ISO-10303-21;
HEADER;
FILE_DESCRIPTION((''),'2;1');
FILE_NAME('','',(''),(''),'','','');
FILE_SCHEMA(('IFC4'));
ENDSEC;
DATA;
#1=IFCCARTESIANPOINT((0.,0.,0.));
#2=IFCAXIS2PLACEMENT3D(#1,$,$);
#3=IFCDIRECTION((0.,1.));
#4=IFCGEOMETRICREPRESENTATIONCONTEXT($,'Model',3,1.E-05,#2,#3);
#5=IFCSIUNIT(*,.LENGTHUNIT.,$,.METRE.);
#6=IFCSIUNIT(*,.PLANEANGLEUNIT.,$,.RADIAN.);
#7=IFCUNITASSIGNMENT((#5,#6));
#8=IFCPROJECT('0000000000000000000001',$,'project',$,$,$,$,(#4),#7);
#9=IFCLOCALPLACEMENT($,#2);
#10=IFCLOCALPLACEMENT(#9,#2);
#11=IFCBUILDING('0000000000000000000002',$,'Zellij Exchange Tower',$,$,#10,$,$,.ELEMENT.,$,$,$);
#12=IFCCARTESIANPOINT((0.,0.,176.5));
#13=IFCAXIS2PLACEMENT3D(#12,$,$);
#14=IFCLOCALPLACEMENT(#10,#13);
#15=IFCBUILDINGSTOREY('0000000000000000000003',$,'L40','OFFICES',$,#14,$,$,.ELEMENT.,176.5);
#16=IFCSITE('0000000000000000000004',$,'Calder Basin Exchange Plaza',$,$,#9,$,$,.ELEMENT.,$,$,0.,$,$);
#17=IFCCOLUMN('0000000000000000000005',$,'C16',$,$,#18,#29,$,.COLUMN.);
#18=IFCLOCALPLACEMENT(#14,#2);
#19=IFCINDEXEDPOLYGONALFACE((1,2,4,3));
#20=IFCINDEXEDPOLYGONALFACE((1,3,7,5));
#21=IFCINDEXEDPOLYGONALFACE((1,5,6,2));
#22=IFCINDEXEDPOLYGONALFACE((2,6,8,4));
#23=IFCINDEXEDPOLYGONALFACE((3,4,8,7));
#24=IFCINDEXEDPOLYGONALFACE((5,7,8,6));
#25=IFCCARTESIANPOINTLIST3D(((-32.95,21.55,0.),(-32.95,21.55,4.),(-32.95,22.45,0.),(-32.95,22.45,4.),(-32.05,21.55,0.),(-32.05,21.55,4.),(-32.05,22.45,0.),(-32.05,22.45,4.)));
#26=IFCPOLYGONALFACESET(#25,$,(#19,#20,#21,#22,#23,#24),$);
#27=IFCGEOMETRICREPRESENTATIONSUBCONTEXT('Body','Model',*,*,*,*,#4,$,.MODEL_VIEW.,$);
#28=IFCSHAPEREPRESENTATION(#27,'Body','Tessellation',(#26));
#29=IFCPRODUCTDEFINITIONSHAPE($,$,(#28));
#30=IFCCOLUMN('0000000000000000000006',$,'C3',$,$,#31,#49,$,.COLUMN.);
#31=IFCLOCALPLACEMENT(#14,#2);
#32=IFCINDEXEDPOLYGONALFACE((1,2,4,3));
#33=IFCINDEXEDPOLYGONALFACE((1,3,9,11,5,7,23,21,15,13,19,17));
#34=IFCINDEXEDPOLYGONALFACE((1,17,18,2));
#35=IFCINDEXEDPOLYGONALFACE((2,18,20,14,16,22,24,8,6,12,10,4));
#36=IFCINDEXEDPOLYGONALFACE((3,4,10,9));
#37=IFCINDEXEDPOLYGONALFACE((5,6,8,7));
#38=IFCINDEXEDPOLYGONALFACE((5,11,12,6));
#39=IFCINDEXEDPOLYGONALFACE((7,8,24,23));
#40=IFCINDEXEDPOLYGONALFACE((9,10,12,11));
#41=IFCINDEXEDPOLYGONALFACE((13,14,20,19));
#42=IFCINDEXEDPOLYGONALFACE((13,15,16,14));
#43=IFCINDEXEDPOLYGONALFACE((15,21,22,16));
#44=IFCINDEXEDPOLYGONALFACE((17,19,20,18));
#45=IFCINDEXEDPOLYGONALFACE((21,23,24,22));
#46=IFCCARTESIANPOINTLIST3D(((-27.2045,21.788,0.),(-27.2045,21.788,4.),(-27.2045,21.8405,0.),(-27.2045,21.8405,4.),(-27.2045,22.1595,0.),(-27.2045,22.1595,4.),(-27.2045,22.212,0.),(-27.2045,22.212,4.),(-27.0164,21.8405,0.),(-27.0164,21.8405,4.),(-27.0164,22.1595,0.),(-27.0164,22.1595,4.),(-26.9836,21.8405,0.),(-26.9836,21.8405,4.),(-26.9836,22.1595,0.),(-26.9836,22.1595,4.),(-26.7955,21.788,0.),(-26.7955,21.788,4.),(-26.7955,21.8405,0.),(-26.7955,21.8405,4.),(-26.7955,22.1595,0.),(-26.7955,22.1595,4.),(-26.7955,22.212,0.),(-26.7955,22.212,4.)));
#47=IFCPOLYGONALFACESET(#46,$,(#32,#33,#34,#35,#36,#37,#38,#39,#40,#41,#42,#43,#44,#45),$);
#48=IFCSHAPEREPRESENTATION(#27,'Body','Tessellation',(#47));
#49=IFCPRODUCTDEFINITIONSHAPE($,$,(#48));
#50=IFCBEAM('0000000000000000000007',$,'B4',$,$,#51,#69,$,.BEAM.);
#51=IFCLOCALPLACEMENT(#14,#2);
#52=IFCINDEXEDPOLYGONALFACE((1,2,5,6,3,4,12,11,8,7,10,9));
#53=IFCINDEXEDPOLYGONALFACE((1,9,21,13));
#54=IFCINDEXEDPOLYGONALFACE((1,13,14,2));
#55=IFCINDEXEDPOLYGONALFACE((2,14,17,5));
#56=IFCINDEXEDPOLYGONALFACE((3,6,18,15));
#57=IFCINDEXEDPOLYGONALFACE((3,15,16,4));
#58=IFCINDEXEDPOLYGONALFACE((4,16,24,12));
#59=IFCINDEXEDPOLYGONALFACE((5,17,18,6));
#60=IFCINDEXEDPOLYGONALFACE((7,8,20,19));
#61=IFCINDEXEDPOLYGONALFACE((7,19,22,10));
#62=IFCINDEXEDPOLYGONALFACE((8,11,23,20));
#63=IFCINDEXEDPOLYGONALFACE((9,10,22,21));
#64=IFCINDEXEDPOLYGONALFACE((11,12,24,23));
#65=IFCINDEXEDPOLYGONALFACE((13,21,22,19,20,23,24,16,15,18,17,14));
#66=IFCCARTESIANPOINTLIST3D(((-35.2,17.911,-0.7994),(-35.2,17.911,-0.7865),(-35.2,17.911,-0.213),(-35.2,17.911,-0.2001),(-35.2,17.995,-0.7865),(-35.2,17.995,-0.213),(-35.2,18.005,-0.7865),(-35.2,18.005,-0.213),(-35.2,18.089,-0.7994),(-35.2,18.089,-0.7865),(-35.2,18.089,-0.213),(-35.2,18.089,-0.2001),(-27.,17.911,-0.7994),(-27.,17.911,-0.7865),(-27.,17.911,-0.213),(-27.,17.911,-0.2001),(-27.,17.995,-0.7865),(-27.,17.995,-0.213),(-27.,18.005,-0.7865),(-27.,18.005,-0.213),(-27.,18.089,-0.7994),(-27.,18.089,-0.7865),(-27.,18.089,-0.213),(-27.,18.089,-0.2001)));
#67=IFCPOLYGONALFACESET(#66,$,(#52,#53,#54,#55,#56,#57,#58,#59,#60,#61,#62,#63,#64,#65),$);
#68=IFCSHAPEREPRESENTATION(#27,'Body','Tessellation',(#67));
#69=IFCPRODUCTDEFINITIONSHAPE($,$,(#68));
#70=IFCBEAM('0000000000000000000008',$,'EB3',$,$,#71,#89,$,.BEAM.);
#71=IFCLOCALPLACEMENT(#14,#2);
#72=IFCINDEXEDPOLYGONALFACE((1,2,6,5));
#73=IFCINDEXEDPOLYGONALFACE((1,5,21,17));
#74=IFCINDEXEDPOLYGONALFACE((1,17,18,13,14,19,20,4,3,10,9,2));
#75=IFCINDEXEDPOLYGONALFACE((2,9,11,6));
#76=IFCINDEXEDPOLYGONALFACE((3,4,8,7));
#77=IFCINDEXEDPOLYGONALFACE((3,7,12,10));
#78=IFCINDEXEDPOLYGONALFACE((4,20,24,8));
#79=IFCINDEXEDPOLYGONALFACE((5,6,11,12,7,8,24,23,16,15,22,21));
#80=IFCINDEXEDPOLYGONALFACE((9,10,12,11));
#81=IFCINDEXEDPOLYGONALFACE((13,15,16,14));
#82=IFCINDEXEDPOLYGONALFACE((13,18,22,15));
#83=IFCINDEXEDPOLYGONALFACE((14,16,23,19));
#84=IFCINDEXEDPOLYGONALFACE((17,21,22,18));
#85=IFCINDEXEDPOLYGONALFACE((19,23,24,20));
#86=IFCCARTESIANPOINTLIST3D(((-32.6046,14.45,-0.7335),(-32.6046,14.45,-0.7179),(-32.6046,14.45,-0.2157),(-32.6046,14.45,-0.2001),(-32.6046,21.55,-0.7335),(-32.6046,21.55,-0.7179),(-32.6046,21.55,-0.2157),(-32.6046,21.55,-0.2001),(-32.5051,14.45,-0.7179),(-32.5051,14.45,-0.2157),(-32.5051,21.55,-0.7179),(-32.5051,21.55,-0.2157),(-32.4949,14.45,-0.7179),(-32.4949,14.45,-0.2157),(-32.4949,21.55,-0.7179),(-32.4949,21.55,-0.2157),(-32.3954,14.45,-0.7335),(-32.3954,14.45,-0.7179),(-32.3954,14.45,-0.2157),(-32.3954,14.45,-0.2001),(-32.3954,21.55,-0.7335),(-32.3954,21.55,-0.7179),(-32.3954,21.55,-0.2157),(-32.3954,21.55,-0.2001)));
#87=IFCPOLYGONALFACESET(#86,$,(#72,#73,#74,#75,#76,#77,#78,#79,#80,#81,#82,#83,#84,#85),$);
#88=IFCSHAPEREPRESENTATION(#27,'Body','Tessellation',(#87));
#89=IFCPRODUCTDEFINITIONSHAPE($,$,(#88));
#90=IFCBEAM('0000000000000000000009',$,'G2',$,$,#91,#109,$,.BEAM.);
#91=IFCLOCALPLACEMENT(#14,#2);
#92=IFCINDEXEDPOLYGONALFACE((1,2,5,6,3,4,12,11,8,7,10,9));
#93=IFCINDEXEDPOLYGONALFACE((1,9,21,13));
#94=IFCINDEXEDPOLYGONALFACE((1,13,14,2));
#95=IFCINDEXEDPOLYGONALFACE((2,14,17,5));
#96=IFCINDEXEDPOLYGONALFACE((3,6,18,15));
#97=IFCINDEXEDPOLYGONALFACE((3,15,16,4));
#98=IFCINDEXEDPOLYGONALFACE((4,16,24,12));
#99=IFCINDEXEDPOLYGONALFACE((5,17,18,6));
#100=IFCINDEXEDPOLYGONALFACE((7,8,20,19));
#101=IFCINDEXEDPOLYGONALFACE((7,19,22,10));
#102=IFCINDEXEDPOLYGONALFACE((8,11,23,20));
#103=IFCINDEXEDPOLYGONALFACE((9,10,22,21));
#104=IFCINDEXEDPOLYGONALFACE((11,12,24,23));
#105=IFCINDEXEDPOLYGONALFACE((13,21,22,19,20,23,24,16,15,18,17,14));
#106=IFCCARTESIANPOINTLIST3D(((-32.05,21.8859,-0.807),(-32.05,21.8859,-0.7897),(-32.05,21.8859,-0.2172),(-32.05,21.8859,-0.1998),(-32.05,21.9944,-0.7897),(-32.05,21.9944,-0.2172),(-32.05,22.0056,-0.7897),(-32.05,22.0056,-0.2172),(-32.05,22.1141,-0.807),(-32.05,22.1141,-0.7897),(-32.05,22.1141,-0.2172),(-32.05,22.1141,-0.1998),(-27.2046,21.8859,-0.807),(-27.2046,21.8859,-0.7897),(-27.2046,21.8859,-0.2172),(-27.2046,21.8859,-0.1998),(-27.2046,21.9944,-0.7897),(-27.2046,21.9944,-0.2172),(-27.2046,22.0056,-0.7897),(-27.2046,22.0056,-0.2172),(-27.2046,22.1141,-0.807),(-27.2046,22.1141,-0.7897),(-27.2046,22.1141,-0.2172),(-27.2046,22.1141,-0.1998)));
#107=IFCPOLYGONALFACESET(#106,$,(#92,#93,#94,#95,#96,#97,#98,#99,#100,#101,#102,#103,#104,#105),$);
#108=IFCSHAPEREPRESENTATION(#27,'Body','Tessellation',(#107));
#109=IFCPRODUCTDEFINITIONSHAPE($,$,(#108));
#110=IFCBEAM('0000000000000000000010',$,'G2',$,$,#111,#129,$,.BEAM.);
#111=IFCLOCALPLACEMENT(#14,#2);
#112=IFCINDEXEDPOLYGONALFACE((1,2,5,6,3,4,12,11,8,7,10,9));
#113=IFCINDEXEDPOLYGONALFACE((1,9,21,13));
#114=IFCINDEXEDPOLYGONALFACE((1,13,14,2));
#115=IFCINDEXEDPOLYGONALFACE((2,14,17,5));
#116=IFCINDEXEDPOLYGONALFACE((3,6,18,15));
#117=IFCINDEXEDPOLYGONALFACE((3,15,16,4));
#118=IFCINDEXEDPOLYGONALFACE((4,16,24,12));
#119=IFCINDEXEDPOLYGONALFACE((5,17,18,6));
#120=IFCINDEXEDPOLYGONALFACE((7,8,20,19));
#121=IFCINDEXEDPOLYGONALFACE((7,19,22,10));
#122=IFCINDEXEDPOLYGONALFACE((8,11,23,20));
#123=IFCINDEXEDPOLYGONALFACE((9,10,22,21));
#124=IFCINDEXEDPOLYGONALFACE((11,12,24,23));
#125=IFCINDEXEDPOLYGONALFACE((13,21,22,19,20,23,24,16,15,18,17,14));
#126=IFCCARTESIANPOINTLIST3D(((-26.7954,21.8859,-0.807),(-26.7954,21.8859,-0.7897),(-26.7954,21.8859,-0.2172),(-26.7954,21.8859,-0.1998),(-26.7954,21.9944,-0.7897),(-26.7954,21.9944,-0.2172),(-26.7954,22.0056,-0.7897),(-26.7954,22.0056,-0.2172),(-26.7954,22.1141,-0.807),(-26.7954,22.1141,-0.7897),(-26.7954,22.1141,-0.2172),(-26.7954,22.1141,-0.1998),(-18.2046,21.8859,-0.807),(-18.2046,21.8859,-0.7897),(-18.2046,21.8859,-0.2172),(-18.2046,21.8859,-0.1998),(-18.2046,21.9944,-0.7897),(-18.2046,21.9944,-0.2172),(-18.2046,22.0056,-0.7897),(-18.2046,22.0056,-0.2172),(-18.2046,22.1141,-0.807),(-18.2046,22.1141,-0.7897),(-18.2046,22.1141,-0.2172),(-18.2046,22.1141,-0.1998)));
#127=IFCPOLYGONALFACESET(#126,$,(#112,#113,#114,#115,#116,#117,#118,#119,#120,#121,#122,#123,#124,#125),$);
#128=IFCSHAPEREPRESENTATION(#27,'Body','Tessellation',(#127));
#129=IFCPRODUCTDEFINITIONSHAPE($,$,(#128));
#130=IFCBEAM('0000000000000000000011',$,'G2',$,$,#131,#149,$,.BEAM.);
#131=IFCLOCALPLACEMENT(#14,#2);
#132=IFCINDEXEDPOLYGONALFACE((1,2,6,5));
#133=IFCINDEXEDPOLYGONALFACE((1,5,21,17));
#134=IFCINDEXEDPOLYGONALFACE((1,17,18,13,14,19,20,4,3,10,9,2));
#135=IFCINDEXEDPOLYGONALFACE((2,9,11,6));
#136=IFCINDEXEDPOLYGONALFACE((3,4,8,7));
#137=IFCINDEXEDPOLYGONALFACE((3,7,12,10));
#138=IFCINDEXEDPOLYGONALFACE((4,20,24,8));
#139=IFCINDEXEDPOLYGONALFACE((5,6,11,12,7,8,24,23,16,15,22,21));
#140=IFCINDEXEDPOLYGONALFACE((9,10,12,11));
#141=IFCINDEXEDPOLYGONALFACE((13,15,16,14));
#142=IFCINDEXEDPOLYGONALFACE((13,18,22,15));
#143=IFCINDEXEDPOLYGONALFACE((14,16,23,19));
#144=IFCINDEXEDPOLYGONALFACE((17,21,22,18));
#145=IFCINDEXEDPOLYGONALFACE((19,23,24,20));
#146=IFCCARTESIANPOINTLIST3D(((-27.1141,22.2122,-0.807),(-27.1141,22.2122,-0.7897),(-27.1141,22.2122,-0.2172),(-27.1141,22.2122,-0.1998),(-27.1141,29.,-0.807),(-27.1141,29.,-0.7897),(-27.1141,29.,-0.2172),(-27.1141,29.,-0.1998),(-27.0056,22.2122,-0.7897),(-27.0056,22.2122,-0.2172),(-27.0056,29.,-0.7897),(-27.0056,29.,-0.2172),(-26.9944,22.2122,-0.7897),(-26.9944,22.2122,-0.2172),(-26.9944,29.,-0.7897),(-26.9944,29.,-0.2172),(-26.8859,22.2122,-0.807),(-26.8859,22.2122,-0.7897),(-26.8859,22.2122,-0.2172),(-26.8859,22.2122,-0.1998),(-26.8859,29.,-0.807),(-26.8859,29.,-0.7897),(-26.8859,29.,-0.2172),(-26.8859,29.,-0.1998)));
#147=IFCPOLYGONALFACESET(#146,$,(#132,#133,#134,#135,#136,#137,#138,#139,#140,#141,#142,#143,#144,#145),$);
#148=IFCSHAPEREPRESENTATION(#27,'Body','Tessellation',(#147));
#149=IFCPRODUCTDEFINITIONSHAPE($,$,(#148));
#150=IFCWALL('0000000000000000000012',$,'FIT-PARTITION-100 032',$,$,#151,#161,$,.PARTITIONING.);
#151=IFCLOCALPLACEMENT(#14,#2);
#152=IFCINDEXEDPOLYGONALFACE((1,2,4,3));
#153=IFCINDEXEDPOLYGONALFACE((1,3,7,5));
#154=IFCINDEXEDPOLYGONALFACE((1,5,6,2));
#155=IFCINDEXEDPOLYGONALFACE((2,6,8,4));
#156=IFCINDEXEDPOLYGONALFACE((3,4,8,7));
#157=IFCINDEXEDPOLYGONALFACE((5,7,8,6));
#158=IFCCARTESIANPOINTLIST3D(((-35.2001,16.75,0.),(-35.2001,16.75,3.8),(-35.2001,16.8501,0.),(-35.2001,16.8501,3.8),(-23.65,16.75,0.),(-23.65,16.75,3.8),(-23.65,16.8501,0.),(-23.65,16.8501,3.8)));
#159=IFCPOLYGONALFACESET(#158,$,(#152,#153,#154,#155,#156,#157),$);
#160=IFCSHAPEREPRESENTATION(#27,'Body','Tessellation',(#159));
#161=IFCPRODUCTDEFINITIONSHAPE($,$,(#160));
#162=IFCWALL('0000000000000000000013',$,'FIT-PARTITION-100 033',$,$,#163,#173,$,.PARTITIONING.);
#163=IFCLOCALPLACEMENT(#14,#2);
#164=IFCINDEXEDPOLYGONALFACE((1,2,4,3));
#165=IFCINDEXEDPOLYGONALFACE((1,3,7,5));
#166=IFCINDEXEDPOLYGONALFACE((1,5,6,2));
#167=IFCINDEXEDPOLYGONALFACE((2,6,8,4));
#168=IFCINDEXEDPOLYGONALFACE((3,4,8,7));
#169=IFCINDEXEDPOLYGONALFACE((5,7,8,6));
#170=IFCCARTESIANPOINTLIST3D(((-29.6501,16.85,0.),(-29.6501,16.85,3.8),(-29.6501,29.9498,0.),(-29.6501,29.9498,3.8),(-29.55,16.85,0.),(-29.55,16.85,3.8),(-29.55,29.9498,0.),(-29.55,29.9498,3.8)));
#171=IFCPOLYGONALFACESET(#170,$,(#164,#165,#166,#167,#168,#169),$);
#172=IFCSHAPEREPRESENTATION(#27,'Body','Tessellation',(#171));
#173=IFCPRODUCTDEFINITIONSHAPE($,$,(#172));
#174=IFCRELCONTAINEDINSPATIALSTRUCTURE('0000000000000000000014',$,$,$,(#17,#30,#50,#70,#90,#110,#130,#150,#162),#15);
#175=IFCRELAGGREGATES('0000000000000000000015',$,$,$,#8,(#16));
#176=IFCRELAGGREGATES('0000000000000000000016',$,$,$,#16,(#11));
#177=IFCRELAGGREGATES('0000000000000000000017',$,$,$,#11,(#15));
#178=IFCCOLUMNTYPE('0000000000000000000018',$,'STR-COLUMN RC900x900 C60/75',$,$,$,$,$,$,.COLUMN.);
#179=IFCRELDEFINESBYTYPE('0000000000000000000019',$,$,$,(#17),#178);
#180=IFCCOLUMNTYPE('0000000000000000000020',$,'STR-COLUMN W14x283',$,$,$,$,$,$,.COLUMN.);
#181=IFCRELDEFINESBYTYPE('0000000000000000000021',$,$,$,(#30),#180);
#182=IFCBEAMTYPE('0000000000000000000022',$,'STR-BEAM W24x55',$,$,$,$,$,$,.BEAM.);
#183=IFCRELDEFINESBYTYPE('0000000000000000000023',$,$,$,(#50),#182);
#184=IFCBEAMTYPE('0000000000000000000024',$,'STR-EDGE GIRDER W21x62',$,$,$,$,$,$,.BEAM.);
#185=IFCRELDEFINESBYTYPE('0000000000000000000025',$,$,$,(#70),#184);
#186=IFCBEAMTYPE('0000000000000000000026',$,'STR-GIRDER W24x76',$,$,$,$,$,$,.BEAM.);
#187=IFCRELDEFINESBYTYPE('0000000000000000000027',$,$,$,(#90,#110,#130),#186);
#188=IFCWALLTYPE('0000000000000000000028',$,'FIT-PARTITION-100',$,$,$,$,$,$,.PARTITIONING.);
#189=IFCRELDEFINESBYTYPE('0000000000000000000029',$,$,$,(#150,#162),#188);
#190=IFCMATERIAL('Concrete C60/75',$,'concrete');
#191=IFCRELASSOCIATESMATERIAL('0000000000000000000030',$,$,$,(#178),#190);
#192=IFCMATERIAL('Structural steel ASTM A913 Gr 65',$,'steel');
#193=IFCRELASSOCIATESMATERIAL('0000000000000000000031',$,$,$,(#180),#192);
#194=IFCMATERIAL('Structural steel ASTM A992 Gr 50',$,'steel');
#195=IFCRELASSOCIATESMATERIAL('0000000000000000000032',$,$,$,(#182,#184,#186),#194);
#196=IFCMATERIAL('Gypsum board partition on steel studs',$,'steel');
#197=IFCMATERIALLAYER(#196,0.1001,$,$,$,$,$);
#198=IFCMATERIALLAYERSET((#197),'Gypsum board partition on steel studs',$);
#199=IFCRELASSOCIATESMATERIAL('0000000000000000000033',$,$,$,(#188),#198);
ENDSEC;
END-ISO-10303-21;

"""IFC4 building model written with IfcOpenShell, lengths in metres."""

from ifc_helpers import new_model, si_unit, direction, frame, frame_2d, origin, origin_2d, place, context, subcontext, project, spatial, rectangle, i_section, extrude, material, layer, layer_set, material_profile, profile_set, type_object, element, save


model = new_model("IFC4")

# Units and contexts
model_context = context("Model", 3, precision=1e-05, world=origin(), true_north=direction((0.0, 1.0)))
body_context = subcontext(model_context, "Body", "Model", "MODEL_VIEW")
ifc_project = project(units=[si_unit("LENGTHUNIT", "METRE"), si_unit("PLANEANGLEUNIT", "RADIAN")], contexts=[model_context])

# Site, building, storey
site_placement = place(None, origin())
site = spatial("IfcSite", under=ifc_project, at=site_placement, Name="Calder Basin Exchange Plaza", CompositionType="ELEMENT", RefElevation=0.0)
building_placement = place(site_placement, origin())
building = spatial("IfcBuilding", under=site, at=building_placement, Name="Zellij Exchange Tower", CompositionType="ELEMENT")
storey_placement = place(building_placement, frame((0.0, 0.0, 176.5)))
storey = spatial("IfcBuildingStorey", under=building, at=storey_placement, Name="L40", Description="OFFICES", CompositionType="ELEMENT", Elevation=176.5)

# Columns
ifc_material_1 = material(Name="Concrete C60/75", Category="concrete")
ifc_material_profile_1 = material_profile(ifc_material_1, rectangle(XDim=0.8999, YDim=0.8999, at=origin_2d()), Name="STR-COLUMN RC900x900 C60/75")
ifc_profile_set_1 = profile_set([ifc_material_profile_1], Name="Concrete C60/75")
column_type_1 = type_object("IfcColumnType", Name="STR-COLUMN RC900x900 C60/75", PredefinedType="COLUMN", material=ifc_profile_set_1)
column_1_placement = place(storey_placement, frame((-32.5, 22.0, 0.0), z_axis=(0.0, 0.0, 1.0), x_axis=(1.0, 0.0, 0.0)))
element("IfcColumn", 1, at=column_1_placement, inside=storey, type_object=column_type_1, Name="C16", PredefinedType="COLUMN", context=body_context, shape_type="SweptSolid", body=[
    extrude(rectangle(XDim=0.8999, YDim=0.8999, at=origin_2d()), origin(), (0.0, 0.0, 1.0), 4.0),
])
ifc_material_2 = material(Name="Structural steel ASTM A913 Gr 65", Category="steel")
ifc_material_profile_2 = material_profile(ifc_material_2, i_section(OverallWidth=0.4089, OverallDepth=0.4241, WebThickness=0.0327, FlangeThickness=0.0525, at=origin_2d()), Name="W14x283")
ifc_profile_set_2 = profile_set([ifc_material_profile_2], Name="Structural steel ASTM A913 Gr 65")
column_type_2 = type_object("IfcColumnType", Name="STR-COLUMN W14x283", PredefinedType="COLUMN", material=ifc_profile_set_2)
column_2_placement = place(storey_placement, frame((-27.0, 22.0, 0.0), z_axis=(0.0, 0.0, 1.0), x_axis=(1.0, 0.0, 0.0)))
element("IfcColumn", 2, at=column_2_placement, inside=storey, type_object=column_type_2, Name="C3", PredefinedType="COLUMN", context=body_context, shape_type="SweptSolid", body=[
    extrude(i_section(OverallWidth=0.4089, OverallDepth=0.4241, WebThickness=0.0327, FlangeThickness=0.0525, at=origin_2d()), origin(), (0.0, 0.0, 1.0), 4.0),
])

# Beams
ifc_material_3 = material(Name="Structural steel ASTM A992 Gr 50", Category="steel")
ifc_material_profile_3 = material_profile(ifc_material_3, i_section(OverallWidth=0.178, OverallDepth=0.5994, WebThickness=0.01, FlangeThickness=0.0129, at=origin_2d()), Name="W24x55")
ifc_profile_set_3 = profile_set([ifc_material_profile_3], Name="Structural steel ASTM A992 Gr 50")
beam_type_1 = type_object("IfcBeamType", Name="STR-BEAM W24x55", PredefinedType="BEAM", material=ifc_profile_set_3)
beam_1_placement = place(storey_placement, frame((-35.2, 18.0, -0.4998), z_axis=(1.0, 0.0, 0.0), x_axis=(0.0, 1.0, 0.0)))
element("IfcBeam", 3, at=beam_1_placement, inside=storey, type_object=beam_type_1, Name="B4", PredefinedType="BEAM", context=body_context, shape_type="SweptSolid", body=[
    extrude(i_section(OverallWidth=0.178, OverallDepth=0.5994, WebThickness=0.01, FlangeThickness=0.0129, at=origin_2d()), origin(), (0.0, 0.0, 1.0), 8.2),
])
ifc_material_profile_4 = material_profile(ifc_material_3, i_section(OverallWidth=0.2092, OverallDepth=0.5334, WebThickness=0.0103, FlangeThickness=0.0156, at=origin_2d()), Name="W21x62")
ifc_profile_set_4 = profile_set([ifc_material_profile_4], Name="Structural steel ASTM A992 Gr 50")
beam_type_2 = type_object("IfcBeamType", Name="STR-EDGE GIRDER W21x62", PredefinedType="BEAM", material=ifc_profile_set_4)
beam_2_placement = place(storey_placement, frame((-32.5, 14.45, -0.4668), z_axis=(0.0, 1.0, 0.0), x_axis=(-1.0, 0.0, 0.0)))
element("IfcBeam", 4, at=beam_2_placement, inside=storey, type_object=beam_type_2, Name="EB3", PredefinedType="BEAM", context=body_context, shape_type="SweptSolid", body=[
    extrude(i_section(OverallWidth=0.2092, OverallDepth=0.5334, WebThickness=0.0103, FlangeThickness=0.0156, at=origin_2d()), origin(), (0.0, 0.0, 1.0), 7.1001),
])
ifc_material_profile_5 = material_profile(ifc_material_3, i_section(OverallWidth=0.2283, OverallDepth=0.6072, WebThickness=0.0112, FlangeThickness=0.0173, at=origin_2d()), Name="W24x76")
ifc_profile_set_5 = profile_set([ifc_material_profile_5], Name="Structural steel ASTM A992 Gr 50")
beam_type_3 = type_object("IfcBeamType", Name="STR-GIRDER W24x76", PredefinedType="BEAM", material=ifc_profile_set_5)
beam_3_placement = place(storey_placement, frame((-32.05, 22.0, -0.5034), z_axis=(1.0, 0.0, 0.0), x_axis=(0.0, 1.0, 0.0)))
element("IfcBeam", 5, at=beam_3_placement, inside=storey, type_object=beam_type_3, Name="G2", PredefinedType="BEAM", context=body_context, shape_type="SweptSolid", body=[
    extrude(i_section(OverallWidth=0.2283, OverallDepth=0.6072, WebThickness=0.0112, FlangeThickness=0.0173, at=origin_2d()), origin(), (0.0, 0.0, 1.0), 4.8455),
])
beam_4_placement = place(storey_placement, frame((-26.7954, 22.0, -0.5034), z_axis=(1.0, 0.0, 0.0), x_axis=(0.0, 1.0, 0.0)))
element("IfcBeam", 6, at=beam_4_placement, inside=storey, type_object=beam_type_3, Name="G2", PredefinedType="BEAM", context=body_context, shape_type="SweptSolid", body=[
    extrude(i_section(OverallWidth=0.2283, OverallDepth=0.6072, WebThickness=0.0112, FlangeThickness=0.0173, at=origin_2d()), origin(), (0.0, 0.0, 1.0), 8.5908),
])
beam_5_placement = place(storey_placement, frame((-27.0, 22.2122, -0.5034), z_axis=(0.0, 1.0, 0.0), x_axis=(-1.0, 0.0, 0.0)))
element("IfcBeam", 7, at=beam_5_placement, inside=storey, type_object=beam_type_3, Name="G2", PredefinedType="BEAM", context=body_context, shape_type="SweptSolid", body=[
    extrude(i_section(OverallWidth=0.2283, OverallDepth=0.6072, WebThickness=0.0112, FlangeThickness=0.0173, at=origin_2d()), origin(), (0.0, 0.0, 1.0), 6.7878),
])

# Walls
ifc_material_4 = material(Name="Gypsum board partition on steel studs", Category="steel")
ifc_layer = layer(ifc_material_4, 0.1001)
ifc_layer_set = layer_set([ifc_layer], Name="Gypsum board partition on steel studs")
wall_type = type_object("IfcWallType", Name="FIT-PARTITION-100", PredefinedType="PARTITIONING", material=ifc_layer_set)
wall_1_placement = place(storey_placement, frame((-35.2, 16.8, 0.0), z_axis=(0.0, 0.0, 1.0), x_axis=(1.0, 0.0, 0.0)))
element("IfcWall", 8, at=wall_1_placement, inside=storey, type_object=wall_type, Name="FIT-PARTITION-100 032", PredefinedType="PARTITIONING", context=body_context, shape_type="SweptSolid", body=[
    extrude(rectangle(XDim=11.55, YDim=0.1001, at=frame_2d((5.7749, 0.0))), origin(), (0.0, 0.0, 1.0), 3.8),
])
wall_2_placement = place(storey_placement, frame((-29.6001, 16.8501, 0.0), z_axis=(0.0, 0.0, 1.0), x_axis=(0.0, 1.0, 0.0)))
element("IfcWall", 9, at=wall_2_placement, inside=storey, type_object=wall_type, Name="FIT-PARTITION-100 033", PredefinedType="PARTITIONING", context=body_context, shape_type="SweptSolid", body=[
    extrude(rectangle(XDim=13.0999, YDim=0.1001, at=frame_2d((6.5498, 0.0))), origin(), (0.0, 0.0, 1.0), 3.8),
])

save(model, "model.ifc")
